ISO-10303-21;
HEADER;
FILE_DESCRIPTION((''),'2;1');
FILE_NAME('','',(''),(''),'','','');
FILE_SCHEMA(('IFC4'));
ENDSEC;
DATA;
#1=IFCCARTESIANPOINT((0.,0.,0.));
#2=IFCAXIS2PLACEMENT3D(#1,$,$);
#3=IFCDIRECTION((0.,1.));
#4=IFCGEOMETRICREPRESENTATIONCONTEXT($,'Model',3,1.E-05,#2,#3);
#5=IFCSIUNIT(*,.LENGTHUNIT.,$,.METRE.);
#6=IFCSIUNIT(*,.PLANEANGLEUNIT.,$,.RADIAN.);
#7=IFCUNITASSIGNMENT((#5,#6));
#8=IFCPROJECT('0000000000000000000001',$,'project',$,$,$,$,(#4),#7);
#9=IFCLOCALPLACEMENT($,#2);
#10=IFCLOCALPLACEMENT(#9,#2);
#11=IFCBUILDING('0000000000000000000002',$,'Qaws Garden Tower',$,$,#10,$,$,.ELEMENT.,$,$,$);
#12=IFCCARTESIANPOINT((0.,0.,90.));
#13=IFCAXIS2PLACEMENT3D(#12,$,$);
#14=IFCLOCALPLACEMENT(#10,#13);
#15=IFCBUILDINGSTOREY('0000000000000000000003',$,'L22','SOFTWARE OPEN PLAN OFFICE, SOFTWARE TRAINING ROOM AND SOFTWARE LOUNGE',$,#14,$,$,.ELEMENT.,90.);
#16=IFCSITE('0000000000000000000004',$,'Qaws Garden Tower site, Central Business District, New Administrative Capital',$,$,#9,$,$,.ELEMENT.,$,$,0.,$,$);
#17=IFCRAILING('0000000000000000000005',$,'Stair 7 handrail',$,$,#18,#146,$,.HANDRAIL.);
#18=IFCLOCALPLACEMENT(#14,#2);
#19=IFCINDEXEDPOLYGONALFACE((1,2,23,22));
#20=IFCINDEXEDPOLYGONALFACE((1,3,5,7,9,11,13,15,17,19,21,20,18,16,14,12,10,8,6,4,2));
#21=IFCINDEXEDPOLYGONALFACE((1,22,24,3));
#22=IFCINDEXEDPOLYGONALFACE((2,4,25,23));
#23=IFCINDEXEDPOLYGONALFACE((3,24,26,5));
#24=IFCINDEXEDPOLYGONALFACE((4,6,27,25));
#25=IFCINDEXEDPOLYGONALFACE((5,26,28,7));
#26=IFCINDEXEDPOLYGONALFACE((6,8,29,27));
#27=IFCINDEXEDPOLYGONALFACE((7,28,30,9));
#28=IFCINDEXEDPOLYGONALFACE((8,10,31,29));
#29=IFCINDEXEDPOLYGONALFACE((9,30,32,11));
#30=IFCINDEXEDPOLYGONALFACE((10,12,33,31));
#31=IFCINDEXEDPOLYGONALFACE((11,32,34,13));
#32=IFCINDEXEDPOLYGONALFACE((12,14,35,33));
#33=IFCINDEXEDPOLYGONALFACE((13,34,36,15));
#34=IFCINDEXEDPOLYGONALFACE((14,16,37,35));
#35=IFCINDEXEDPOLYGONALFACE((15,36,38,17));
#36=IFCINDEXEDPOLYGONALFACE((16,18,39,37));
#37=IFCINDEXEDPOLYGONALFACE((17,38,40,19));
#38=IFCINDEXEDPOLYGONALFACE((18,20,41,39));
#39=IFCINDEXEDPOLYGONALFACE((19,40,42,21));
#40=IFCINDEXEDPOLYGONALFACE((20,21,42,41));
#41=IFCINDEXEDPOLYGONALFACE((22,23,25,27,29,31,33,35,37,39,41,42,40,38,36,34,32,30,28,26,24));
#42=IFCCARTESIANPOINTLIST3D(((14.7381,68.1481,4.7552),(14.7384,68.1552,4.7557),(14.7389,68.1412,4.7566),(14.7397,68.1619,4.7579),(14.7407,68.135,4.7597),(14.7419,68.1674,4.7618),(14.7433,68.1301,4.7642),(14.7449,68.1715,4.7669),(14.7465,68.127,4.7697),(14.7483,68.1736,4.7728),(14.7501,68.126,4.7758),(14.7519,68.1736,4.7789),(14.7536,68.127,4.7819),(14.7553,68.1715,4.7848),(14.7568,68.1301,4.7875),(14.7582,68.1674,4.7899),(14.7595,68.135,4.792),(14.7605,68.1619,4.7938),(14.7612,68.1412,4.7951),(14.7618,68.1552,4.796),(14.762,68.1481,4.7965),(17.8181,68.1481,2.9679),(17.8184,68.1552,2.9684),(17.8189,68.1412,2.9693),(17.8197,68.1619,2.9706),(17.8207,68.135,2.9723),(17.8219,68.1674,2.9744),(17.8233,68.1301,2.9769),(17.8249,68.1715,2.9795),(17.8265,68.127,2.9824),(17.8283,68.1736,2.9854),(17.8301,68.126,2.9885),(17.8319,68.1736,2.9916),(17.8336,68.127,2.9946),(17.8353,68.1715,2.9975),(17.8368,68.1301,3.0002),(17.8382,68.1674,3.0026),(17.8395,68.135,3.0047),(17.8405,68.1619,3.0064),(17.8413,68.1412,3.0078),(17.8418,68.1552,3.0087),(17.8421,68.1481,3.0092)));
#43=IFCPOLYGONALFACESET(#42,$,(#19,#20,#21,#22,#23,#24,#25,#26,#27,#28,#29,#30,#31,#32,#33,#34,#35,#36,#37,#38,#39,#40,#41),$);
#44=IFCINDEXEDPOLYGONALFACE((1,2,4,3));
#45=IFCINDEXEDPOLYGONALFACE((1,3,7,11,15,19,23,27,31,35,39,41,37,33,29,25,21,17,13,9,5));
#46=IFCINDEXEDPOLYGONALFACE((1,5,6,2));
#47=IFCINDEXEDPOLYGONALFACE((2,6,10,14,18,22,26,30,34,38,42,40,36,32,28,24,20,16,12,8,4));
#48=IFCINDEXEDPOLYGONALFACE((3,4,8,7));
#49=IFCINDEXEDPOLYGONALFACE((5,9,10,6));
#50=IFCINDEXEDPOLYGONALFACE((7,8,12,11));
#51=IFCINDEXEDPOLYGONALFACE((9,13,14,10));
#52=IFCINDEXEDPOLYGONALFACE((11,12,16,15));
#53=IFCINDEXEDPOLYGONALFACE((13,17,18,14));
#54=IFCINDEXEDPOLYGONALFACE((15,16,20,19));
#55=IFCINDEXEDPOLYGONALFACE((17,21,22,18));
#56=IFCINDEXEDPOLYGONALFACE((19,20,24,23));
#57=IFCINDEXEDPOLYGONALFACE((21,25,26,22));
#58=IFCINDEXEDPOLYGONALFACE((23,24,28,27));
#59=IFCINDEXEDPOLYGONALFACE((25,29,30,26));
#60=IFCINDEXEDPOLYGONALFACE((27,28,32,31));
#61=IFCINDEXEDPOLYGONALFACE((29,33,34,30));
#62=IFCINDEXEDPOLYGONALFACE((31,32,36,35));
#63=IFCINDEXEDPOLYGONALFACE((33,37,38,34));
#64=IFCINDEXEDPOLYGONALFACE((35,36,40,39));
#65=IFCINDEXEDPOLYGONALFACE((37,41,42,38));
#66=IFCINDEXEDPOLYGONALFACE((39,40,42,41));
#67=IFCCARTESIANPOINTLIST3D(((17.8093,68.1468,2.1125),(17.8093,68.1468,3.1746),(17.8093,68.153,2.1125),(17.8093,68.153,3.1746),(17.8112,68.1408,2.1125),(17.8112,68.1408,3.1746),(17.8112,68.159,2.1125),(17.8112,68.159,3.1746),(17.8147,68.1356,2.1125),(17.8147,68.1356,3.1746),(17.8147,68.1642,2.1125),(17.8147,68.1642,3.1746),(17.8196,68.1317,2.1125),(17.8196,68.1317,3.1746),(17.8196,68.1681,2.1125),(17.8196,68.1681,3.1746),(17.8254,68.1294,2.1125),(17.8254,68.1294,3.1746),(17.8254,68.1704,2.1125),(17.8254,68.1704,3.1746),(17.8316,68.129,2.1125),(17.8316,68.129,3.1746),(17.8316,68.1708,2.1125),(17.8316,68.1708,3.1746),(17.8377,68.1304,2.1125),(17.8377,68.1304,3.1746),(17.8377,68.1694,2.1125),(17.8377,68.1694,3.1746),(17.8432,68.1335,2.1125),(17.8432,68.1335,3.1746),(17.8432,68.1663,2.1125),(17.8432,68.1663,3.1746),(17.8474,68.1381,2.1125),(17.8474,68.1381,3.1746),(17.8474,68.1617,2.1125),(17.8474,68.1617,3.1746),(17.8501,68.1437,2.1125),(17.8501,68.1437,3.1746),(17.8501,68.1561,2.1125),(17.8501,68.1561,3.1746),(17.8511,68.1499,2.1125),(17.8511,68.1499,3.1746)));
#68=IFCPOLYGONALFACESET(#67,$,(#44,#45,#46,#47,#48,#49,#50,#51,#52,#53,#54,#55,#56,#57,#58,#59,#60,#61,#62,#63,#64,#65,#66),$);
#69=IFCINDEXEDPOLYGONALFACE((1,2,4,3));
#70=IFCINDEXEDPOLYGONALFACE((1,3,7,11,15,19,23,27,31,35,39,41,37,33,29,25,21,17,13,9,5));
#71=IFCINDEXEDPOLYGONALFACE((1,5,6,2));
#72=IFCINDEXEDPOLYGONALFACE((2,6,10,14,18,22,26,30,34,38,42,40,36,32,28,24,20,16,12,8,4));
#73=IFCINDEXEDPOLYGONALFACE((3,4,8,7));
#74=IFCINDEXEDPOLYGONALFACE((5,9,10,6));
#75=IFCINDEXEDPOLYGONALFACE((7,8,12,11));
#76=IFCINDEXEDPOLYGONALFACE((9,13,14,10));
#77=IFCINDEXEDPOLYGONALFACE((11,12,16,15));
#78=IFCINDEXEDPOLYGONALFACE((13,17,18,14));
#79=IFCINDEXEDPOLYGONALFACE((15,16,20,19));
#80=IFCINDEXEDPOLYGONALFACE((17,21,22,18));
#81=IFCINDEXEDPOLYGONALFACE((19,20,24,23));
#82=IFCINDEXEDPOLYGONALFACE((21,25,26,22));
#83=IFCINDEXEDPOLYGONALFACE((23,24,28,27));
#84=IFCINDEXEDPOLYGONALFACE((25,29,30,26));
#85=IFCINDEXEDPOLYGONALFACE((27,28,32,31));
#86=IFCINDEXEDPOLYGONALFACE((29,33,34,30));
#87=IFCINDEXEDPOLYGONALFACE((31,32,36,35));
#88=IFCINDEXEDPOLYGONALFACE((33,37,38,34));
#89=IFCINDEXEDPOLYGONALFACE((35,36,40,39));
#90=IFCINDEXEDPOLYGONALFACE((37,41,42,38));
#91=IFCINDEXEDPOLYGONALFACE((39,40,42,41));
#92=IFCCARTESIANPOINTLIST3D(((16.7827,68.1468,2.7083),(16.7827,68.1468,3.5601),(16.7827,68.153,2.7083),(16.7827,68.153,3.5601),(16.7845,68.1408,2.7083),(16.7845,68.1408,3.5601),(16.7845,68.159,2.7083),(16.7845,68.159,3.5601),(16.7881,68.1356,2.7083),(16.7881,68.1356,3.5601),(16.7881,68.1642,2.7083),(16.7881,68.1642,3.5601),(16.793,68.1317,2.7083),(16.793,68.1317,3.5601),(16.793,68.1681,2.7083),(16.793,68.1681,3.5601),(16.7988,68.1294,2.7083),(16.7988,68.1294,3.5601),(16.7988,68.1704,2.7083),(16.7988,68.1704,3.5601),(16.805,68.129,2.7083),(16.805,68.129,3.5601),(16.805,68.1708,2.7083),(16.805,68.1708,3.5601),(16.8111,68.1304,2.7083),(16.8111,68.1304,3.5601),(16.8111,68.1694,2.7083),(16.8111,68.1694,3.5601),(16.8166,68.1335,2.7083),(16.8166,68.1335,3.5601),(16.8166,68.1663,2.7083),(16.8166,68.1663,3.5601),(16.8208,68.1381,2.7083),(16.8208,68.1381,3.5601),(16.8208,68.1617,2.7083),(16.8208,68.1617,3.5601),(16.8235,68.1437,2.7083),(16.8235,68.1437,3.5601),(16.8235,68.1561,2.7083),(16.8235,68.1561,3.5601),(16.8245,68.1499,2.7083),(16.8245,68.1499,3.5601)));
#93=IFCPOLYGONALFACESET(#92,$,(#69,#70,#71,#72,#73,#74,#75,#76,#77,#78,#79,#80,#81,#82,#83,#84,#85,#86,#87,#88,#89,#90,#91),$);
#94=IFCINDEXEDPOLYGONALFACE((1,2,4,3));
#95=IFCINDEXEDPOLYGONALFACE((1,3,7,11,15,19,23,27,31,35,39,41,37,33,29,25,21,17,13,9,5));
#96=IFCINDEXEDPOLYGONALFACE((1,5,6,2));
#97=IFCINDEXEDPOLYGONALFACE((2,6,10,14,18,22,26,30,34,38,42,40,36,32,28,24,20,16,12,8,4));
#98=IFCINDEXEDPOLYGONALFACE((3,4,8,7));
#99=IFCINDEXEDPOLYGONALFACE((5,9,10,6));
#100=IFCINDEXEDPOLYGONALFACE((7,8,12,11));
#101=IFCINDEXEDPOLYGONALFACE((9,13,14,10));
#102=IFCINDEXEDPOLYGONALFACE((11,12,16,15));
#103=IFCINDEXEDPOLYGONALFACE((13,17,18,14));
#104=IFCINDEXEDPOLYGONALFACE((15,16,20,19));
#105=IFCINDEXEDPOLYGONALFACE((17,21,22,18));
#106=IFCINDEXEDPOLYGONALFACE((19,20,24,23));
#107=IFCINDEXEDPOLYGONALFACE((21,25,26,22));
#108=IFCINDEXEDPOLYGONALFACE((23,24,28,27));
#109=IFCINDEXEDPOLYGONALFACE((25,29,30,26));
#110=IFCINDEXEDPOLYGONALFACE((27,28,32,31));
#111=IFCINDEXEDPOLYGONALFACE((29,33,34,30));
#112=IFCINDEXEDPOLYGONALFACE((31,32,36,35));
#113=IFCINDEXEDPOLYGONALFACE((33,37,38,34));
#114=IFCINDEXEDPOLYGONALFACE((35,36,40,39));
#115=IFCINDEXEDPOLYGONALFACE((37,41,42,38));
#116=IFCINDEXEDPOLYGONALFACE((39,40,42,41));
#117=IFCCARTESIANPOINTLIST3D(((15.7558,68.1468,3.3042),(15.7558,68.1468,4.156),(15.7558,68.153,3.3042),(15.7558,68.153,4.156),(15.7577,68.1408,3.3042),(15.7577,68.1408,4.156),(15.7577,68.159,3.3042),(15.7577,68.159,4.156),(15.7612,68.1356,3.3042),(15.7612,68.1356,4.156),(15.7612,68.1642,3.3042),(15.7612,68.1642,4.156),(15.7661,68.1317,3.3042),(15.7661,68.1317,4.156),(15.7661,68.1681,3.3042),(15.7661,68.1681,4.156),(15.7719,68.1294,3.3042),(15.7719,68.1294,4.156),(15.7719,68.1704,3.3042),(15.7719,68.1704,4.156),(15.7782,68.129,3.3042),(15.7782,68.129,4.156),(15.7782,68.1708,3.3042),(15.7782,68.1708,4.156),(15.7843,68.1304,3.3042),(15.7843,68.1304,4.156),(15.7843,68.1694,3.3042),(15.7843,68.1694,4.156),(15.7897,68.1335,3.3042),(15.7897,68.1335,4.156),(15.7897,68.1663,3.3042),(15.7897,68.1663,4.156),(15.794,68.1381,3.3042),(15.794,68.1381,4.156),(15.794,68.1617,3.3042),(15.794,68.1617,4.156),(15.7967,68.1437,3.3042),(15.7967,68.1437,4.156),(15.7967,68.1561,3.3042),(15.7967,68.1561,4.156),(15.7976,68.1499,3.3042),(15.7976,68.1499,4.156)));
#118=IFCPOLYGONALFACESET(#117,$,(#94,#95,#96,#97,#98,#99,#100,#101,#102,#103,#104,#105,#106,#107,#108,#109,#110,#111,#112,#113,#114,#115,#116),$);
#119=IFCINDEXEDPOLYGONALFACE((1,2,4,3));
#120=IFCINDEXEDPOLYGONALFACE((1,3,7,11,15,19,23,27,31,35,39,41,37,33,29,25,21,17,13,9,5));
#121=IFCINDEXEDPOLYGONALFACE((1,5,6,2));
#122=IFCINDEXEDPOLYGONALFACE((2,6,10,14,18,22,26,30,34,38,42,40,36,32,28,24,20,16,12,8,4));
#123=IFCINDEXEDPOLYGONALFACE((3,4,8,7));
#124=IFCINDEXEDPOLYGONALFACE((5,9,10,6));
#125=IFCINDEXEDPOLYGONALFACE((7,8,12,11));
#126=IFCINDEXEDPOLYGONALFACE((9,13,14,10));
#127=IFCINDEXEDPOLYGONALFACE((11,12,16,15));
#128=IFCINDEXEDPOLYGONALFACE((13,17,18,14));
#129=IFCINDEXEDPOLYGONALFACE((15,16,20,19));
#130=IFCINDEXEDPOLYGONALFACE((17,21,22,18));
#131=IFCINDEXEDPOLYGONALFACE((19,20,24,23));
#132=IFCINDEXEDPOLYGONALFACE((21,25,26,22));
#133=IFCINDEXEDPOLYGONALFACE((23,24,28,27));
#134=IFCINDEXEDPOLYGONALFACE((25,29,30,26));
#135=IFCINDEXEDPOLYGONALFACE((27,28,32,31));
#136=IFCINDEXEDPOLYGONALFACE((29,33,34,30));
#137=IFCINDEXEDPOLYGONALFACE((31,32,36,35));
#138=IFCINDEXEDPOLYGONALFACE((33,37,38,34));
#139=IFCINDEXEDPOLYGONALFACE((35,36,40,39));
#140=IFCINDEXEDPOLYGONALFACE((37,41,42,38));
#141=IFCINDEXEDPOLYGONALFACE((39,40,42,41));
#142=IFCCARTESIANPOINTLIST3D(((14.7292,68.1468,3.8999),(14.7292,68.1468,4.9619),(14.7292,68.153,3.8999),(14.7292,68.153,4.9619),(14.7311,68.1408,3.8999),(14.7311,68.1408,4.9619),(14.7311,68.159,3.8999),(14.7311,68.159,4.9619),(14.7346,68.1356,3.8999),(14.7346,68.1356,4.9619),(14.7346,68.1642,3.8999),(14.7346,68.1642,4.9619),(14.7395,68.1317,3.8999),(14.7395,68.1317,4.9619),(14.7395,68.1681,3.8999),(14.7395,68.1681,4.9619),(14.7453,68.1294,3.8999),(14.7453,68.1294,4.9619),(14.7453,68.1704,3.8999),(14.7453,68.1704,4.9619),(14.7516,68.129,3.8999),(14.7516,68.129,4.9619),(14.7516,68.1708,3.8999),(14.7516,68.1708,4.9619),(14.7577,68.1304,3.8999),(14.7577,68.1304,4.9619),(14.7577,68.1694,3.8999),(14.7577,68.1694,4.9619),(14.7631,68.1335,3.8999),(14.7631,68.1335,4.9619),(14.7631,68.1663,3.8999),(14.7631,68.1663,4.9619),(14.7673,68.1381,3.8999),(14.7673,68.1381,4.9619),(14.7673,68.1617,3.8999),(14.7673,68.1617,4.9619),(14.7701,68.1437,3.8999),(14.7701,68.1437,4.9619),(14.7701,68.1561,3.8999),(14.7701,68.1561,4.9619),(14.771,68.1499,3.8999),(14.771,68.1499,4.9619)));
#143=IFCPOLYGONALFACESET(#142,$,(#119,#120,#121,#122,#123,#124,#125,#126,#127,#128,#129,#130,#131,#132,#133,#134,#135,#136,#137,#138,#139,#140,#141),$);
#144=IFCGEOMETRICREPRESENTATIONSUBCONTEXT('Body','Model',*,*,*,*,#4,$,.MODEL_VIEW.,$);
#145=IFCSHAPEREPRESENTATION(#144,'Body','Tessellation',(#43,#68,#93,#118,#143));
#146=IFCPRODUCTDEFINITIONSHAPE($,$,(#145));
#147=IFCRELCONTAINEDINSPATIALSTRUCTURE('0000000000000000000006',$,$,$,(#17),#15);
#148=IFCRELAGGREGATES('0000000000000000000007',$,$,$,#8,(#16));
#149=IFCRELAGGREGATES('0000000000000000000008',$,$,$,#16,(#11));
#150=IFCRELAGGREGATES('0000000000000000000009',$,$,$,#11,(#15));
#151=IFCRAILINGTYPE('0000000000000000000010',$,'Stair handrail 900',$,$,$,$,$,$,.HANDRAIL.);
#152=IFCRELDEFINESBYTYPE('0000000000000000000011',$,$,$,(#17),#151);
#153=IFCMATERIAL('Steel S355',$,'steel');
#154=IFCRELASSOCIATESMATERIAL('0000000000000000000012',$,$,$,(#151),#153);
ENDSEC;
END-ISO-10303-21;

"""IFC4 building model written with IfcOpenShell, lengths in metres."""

from ifc_helpers import new_model, si_unit, direction, frame, origin, origin_2d, place, context, subcontext, project, spatial, circle, extrude, material, type_object, element, save


model = new_model("IFC4")

# Units and contexts
model_context = context("Model", 3, precision=1e-05, world=origin(), true_north=direction((0.0, 1.0)))
body_context = subcontext(model_context, "Body", "Model", "MODEL_VIEW")
ifc_project = project(units=[si_unit("LENGTHUNIT", "METRE"), si_unit("PLANEANGLEUNIT", "RADIAN")], contexts=[model_context])

# Site, building, storey
site_placement = place(None, origin())
site = spatial("IfcSite", under=ifc_project, at=site_placement, Name="Qaws Garden Tower site, Central Business District, New Administrative Capital", CompositionType="ELEMENT", RefElevation=0.0)
building_placement = place(site_placement, origin())
building = spatial("IfcBuilding", under=site, at=building_placement, Name="Qaws Garden Tower", CompositionType="ELEMENT")
storey_placement = place(building_placement, frame((0.0, 0.0, 90.0)))
storey = spatial("IfcBuildingStorey", under=building, at=storey_placement, Name="L22", Description="SOFTWARE OPEN PLAN OFFICE, SOFTWARE TRAINING ROOM AND SOFTWARE LOUNGE", CompositionType="ELEMENT", Elevation=90.0)

# Railing
ifc_material_1 = material(Name="Steel S355", Category="steel")
railing_type = type_object("IfcRailingType", Name="Stair handrail 900", PredefinedType="HANDRAIL", material=ifc_material_1)
railing_placement = place(storey_placement, frame((17.8301, 68.1499, 2.1125)))
element("IfcRailing", 1, at=railing_placement, inside=storey, type_object=railing_type, Name="Stair 7 handrail", PredefinedType="HANDRAIL", context=body_context, shape_type="SweptSolid", body=[
    extrude(circle(Radius=0.0239, at=origin_2d()), frame((0.0, 0.0, 0.876), z_axis=(-0.86492, 0.0, 0.501909), x_axis=(0.0, -1.0, 0.0)), (0.0, 0.0, 1.0), 3.561),
    extrude(circle(Radius=0.021, at=origin_2d()), origin(), (0.0, 0.0, 1.0), 1.062),
    extrude(circle(Radius=0.021, at=origin_2d()), frame((-1.0266, 0.0, 0.5957)), (0.0, 0.0, 1.0), 0.8518),
    extrude(circle(Radius=0.021, at=origin_2d()), frame((-2.0535, 0.0, 1.1917)), (0.0, 0.0, 1.0), 0.8518),
    extrude(circle(Radius=0.021, at=origin_2d()), frame((-3.0801, 0.0, 1.7874)), (0.0, 0.0, 1.0), 1.062),
])

save(model, "model.ifc")
